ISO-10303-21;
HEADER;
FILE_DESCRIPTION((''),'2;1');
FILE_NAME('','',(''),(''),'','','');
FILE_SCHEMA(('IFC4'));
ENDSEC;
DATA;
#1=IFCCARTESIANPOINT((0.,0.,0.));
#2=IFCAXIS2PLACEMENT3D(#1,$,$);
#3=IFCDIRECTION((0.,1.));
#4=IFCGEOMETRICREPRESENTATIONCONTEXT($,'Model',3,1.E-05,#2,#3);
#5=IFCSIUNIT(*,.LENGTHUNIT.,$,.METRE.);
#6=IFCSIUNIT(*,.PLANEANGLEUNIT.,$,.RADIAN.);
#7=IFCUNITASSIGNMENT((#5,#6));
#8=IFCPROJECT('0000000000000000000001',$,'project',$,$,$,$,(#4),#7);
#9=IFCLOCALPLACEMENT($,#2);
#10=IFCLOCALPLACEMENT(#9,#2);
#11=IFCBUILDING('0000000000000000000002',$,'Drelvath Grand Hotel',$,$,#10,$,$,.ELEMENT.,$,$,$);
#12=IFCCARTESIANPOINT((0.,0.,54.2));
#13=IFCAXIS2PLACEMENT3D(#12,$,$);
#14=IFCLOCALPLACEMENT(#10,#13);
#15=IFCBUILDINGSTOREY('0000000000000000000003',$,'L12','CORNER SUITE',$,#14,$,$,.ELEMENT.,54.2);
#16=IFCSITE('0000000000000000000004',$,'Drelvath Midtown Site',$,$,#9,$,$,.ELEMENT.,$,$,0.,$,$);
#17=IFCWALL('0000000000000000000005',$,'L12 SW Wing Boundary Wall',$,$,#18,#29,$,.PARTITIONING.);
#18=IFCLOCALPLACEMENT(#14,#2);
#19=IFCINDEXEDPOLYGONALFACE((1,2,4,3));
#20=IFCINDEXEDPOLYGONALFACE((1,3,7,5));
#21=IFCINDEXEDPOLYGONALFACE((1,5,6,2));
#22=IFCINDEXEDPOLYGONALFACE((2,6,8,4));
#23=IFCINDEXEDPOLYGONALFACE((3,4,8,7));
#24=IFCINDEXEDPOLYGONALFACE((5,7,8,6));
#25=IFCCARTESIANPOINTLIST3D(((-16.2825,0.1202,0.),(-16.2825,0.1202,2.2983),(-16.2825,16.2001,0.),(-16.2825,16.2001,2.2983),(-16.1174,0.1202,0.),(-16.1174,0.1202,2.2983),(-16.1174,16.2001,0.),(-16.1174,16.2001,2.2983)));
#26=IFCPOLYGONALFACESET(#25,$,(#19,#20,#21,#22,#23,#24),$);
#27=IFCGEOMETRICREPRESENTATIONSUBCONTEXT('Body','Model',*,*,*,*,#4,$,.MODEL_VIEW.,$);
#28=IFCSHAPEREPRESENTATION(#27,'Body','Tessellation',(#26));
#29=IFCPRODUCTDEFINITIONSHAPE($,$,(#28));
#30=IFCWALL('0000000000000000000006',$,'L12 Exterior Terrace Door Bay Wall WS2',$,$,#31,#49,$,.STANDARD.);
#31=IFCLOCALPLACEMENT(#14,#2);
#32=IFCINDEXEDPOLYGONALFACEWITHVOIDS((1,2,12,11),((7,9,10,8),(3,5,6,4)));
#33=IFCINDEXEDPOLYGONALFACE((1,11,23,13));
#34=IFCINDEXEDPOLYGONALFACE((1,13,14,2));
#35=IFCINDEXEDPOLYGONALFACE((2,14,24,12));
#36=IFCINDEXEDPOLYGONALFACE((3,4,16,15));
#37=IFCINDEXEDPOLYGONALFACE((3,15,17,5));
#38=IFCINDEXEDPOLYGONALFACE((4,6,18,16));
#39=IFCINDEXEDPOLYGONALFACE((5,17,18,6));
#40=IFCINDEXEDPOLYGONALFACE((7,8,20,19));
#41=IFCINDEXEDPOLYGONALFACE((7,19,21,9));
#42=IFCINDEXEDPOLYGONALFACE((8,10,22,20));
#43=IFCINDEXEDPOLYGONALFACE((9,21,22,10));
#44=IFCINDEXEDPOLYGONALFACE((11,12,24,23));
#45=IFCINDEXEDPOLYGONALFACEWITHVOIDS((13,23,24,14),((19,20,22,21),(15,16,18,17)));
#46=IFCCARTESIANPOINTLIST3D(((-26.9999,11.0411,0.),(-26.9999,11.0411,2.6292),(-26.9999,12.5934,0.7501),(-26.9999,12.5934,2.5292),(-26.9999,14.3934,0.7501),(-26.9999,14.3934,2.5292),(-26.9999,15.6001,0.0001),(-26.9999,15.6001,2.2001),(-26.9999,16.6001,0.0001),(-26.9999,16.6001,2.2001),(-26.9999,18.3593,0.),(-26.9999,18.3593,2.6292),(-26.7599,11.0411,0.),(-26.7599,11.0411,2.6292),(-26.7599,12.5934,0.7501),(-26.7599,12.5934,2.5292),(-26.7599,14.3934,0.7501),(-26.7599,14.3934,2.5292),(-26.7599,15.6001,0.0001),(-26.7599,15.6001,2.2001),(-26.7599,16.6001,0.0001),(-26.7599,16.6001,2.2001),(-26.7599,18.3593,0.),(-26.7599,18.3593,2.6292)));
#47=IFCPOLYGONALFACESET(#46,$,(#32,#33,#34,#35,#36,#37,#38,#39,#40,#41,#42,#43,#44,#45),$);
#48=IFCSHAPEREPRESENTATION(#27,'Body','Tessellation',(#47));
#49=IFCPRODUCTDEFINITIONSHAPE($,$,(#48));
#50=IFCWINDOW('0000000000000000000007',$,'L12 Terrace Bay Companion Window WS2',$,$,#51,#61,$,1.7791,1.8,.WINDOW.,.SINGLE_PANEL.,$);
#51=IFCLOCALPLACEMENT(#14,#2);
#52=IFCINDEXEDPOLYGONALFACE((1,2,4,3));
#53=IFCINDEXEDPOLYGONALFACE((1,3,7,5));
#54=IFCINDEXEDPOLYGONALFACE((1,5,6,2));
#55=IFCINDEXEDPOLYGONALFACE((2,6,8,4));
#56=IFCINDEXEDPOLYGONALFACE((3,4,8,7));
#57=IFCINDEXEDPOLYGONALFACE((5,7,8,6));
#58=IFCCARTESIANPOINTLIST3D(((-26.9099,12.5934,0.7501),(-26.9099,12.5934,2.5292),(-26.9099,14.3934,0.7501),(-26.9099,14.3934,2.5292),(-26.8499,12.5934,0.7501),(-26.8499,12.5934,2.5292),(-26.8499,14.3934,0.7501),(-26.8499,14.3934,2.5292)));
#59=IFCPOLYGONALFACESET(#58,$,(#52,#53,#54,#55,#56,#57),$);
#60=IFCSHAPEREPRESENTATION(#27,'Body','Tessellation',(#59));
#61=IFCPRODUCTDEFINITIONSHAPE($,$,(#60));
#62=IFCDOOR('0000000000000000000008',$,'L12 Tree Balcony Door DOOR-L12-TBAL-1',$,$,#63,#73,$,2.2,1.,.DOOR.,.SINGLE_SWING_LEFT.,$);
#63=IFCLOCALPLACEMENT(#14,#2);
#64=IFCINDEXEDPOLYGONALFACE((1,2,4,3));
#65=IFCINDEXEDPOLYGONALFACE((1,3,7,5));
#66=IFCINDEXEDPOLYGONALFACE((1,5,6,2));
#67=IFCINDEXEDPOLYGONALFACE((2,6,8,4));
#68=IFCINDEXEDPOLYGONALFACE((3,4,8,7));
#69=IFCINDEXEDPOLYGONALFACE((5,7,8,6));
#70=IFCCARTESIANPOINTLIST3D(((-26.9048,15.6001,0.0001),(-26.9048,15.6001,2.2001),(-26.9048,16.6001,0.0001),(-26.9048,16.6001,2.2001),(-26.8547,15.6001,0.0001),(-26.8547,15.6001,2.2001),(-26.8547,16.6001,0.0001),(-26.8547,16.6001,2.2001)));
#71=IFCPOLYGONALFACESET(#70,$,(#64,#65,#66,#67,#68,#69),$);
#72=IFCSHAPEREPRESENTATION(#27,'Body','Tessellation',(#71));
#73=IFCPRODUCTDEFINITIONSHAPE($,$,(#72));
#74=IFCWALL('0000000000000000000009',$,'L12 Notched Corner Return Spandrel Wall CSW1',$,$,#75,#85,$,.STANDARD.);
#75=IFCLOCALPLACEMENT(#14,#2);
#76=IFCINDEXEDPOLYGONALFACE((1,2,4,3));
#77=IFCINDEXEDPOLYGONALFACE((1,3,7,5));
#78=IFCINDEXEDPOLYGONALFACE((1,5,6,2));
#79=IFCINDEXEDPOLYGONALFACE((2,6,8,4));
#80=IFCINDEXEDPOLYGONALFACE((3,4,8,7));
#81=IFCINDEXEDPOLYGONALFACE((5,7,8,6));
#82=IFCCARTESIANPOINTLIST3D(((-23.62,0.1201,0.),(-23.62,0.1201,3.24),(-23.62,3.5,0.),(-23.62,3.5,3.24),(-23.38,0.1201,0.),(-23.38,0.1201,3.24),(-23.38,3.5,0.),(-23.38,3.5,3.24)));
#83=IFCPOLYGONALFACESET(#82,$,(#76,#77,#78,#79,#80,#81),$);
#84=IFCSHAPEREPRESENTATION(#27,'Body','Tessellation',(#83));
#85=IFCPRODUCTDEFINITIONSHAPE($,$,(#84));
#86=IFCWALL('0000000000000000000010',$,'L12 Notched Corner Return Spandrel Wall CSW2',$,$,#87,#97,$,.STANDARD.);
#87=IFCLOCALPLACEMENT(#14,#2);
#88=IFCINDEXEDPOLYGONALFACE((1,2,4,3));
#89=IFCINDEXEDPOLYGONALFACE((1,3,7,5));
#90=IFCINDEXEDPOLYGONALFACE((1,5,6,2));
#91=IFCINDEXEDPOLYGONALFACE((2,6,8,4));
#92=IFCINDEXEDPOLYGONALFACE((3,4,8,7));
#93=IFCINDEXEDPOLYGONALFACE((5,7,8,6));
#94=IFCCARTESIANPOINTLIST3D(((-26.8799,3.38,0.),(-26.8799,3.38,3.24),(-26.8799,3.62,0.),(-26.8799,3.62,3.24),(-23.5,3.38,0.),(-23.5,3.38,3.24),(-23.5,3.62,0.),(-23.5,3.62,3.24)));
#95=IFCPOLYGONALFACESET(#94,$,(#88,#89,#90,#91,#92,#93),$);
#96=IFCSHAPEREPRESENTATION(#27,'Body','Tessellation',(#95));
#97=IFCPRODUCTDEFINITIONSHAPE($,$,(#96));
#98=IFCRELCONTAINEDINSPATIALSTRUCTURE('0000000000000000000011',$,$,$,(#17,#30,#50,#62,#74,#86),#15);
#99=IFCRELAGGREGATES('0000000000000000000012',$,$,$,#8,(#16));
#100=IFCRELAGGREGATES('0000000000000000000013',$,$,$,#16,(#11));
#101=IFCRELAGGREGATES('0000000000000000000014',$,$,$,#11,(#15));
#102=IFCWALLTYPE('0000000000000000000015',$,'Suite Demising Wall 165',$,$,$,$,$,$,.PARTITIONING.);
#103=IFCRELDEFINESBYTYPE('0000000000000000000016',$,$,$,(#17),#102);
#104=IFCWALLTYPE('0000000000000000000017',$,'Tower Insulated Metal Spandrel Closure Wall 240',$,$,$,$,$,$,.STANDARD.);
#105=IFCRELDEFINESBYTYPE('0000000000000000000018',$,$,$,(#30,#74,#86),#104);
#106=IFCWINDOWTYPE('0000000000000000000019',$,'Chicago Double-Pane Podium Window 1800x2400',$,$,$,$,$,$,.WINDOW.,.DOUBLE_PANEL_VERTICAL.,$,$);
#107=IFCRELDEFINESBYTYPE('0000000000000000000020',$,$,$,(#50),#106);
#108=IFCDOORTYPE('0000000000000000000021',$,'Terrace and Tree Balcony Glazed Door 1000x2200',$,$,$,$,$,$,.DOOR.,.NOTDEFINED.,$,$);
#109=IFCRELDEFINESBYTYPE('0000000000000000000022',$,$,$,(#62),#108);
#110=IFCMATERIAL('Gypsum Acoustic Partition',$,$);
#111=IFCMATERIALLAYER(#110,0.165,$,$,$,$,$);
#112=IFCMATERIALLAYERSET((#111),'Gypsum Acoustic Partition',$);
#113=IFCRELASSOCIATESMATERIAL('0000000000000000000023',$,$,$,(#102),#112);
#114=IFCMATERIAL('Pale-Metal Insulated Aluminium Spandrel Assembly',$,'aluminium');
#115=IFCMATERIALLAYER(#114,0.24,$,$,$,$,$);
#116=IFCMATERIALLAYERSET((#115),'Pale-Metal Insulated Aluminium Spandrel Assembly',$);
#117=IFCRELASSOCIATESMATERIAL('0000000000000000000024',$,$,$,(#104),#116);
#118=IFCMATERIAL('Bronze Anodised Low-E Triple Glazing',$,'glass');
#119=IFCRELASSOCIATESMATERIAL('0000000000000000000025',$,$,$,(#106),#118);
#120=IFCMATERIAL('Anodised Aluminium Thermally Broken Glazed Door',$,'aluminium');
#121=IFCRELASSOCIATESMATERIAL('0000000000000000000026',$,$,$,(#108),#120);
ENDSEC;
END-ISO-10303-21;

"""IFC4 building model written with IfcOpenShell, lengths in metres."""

from ifc_helpers import new_model, si_unit, direction, frame, frame_2d, origin, place, context, subcontext, project, spatial, rectangle, extrude, material, layer, layer_set, type_object, element, fill, save


model = new_model("IFC4")

# Units and contexts
model_context = context("Model", 3, precision=1e-05, world=origin(), true_north=direction((0.0, 1.0)))
body_context = subcontext(model_context, "Body", "Model", "MODEL_VIEW")
ifc_project = project(units=[si_unit("LENGTHUNIT", "METRE"), si_unit("PLANEANGLEUNIT", "RADIAN")], contexts=[model_context])

# Site, building, storey
site_placement = place(None, origin())
site = spatial("IfcSite", under=ifc_project, at=site_placement, Name="Drelvath Midtown Site", CompositionType="ELEMENT", RefElevation=0.0)
building_placement = place(site_placement, origin())
building = spatial("IfcBuilding", under=site, at=building_placement, Name="Drelvath Grand Hotel", CompositionType="ELEMENT")
storey_placement = place(building_placement, frame((0.0, 0.0, 54.2)))
storey = spatial("IfcBuildingStorey", under=building, at=storey_placement, Name="L12", Description="CORNER SUITE", CompositionType="ELEMENT", Elevation=54.2)

# Wall
ifc_material_1 = material(Name="Gypsum Acoustic Partition")
ifc_layer_1 = layer(ifc_material_1, 0.165)
ifc_layer_set_1 = layer_set([ifc_layer_1], Name="Gypsum Acoustic Partition")
wall_type_1 = type_object("IfcWallType", Name="Suite Demising Wall 165", PredefinedType="PARTITIONING", material=ifc_layer_set_1)
wall_1_placement = place(storey_placement, frame((-16.2, 0.1201, 0.0), z_axis=(0.0, 0.0, 1.0), x_axis=(0.0, 1.0, 0.0)))
element("IfcWall", 1, at=wall_1_placement, inside=storey, type_object=wall_type_1, Name="L12 SW Wing Boundary Wall", PredefinedType="PARTITIONING", context=body_context, shape_type="SweptSolid", body=[
    extrude(rectangle(XDim=16.0798, YDim=0.165, at=frame_2d((8.04, 0.0))), origin(), (0.0, 0.0, 1.0), 2.2983),
])

# Wall, openings, window, door
ifc_material_2 = material(Name="Pale-Metal Insulated Aluminium Spandrel Assembly", Category="aluminium")
ifc_layer_2 = layer(ifc_material_2, 0.24)
ifc_layer_set_2 = layer_set([ifc_layer_2], Name="Pale-Metal Insulated Aluminium Spandrel Assembly")
wall_type_2 = type_object("IfcWallType", Name="Tower Insulated Metal Spandrel Closure Wall 240", PredefinedType="STANDARD", material=ifc_layer_set_2)
wall_2_placement = place(storey_placement, frame((-26.8799, 11.041, 0.0), z_axis=(0.0, 0.0, 1.0), x_axis=(0.0, 1.0, 0.0)))
wall_2 = element("IfcWall", 2, at=wall_2_placement, inside=storey, type_object=wall_type_2, Name="L12 Exterior Terrace Door Bay Wall WS2", PredefinedType="STANDARD", context=body_context, shape_type="SweptSolid", body=[
    extrude(rectangle(XDim=7.3181, YDim=0.24, at=frame_2d((3.6592, 0.0))), origin(), (0.0, 0.0, 1.0), 2.6292),
])
opening_1_placement = place(wall_2_placement, frame((4.5591, 0.0, 0.0)))
opening_1 = element("IfcOpeningElement", 3, at=opening_1_placement, cuts=wall_2, PredefinedType="OPENING", context=body_context, shape_type="SweptSolid", body=[
    extrude(rectangle(XDim=1.0, YDim=2.2, at=frame_2d((0.5, 1.1001))), frame((0.0, 0.1299, 0.0), z_axis=(0.0, -1.0, 0.0), x_axis=(1.0, 0.0, 0.0)), (0.0, 0.0, 1.0), 0.26),
])
opening_2_placement = place(wall_2_placement, frame((1.5525, 0.0, 0.75)))
opening_2 = element("IfcOpeningElement", 4, at=opening_2_placement, cuts=wall_2, PredefinedType="OPENING", context=body_context, shape_type="SweptSolid", body=[
    extrude(rectangle(XDim=1.8, YDim=1.7791, at=frame_2d((0.8999, 0.8896))), frame((0.0, 0.1299, 0.0), z_axis=(0.0, -1.0, 0.0), x_axis=(1.0, 0.0, 0.0)), (0.0, 0.0, 1.0), 0.26),
])
ifc_material_3 = material(Name="Bronze Anodised Low-E Triple Glazing", Category="glass")
window_type = type_object("IfcWindowType", Name="Chicago Double-Pane Podium Window 1800x2400", PartitioningType="DOUBLE_PANEL_VERTICAL", PredefinedType="WINDOW", material=ifc_material_3)
window_placement = place(opening_2_placement, origin())
window = element("IfcWindow", 5, at=window_placement, inside=storey, type_object=window_type, Name="L12 Terrace Bay Companion Window WS2", OverallHeight=1.7791, OverallWidth=1.8, PartitioningType="SINGLE_PANEL", PredefinedType="WINDOW", context=body_context, shape_type="SweptSolid", body=[
    extrude(rectangle(XDim=1.8, YDim=1.7791, at=frame_2d((0.8999, 0.8896))), frame((0.0, 0.03, 0.0), z_axis=(0.0, -1.0, 0.0), x_axis=(1.0, 0.0, 0.0)), (0.0, 0.0, 1.0), 0.0601),
])
fill(opening_2, window)
ifc_material_4 = material(Name="Anodised Aluminium Thermally Broken Glazed Door", Category="aluminium")
door_type = type_object("IfcDoorType", Name="Terrace and Tree Balcony Glazed Door 1000x2200", OperationType="NOTDEFINED", PredefinedType="DOOR", material=ifc_material_4)
door_placement = place(opening_1_placement, origin())
door = element("IfcDoor", 6, at=door_placement, inside=storey, type_object=door_type, Name="L12 Tree Balcony Door DOOR-L12-TBAL-1", OperationType="SINGLE_SWING_LEFT", OverallHeight=2.2, OverallWidth=1.0, PredefinedType="DOOR", context=body_context, shape_type="SweptSolid", body=[
    extrude(rectangle(XDim=1.0, YDim=2.2, at=frame_2d((0.5, 1.1001))), frame((0.0, 0.0249, 0.0), z_axis=(0.0, -1.0, 0.0), x_axis=(1.0, 0.0, 0.0)), (0.0, 0.0, 1.0), 0.05),
])
fill(opening_1, door)

# Walls
for number, where, z_axis, x_axis, name in (
    (7, (-23.5, 0.1201, 0.0), (0.0, 0.0, 1.0), (0.0, 1.0, 0.0), "L12 Notched Corner Return Spandrel Wall CSW1"),
    (8, (-23.5, 3.5, 0.0), (0.0, 0.0, 1.0), (-1.0, 0.0, 0.0), "L12 Notched Corner Return Spandrel Wall CSW2"),
):
    element("IfcWall", number, at=place(storey_placement, frame(where, z_axis=z_axis, x_axis=x_axis)), inside=storey, type_object=wall_type_2, Name=name, PredefinedType="STANDARD", context=body_context, shape_type="SweptSolid", body=[
        extrude(rectangle(XDim=3.3799, YDim=0.24, at=frame_2d((1.6899, 0.0))), origin(), (0.0, 0.0, 1.0), 3.24),
    ])

save(model, "model.ifc")
